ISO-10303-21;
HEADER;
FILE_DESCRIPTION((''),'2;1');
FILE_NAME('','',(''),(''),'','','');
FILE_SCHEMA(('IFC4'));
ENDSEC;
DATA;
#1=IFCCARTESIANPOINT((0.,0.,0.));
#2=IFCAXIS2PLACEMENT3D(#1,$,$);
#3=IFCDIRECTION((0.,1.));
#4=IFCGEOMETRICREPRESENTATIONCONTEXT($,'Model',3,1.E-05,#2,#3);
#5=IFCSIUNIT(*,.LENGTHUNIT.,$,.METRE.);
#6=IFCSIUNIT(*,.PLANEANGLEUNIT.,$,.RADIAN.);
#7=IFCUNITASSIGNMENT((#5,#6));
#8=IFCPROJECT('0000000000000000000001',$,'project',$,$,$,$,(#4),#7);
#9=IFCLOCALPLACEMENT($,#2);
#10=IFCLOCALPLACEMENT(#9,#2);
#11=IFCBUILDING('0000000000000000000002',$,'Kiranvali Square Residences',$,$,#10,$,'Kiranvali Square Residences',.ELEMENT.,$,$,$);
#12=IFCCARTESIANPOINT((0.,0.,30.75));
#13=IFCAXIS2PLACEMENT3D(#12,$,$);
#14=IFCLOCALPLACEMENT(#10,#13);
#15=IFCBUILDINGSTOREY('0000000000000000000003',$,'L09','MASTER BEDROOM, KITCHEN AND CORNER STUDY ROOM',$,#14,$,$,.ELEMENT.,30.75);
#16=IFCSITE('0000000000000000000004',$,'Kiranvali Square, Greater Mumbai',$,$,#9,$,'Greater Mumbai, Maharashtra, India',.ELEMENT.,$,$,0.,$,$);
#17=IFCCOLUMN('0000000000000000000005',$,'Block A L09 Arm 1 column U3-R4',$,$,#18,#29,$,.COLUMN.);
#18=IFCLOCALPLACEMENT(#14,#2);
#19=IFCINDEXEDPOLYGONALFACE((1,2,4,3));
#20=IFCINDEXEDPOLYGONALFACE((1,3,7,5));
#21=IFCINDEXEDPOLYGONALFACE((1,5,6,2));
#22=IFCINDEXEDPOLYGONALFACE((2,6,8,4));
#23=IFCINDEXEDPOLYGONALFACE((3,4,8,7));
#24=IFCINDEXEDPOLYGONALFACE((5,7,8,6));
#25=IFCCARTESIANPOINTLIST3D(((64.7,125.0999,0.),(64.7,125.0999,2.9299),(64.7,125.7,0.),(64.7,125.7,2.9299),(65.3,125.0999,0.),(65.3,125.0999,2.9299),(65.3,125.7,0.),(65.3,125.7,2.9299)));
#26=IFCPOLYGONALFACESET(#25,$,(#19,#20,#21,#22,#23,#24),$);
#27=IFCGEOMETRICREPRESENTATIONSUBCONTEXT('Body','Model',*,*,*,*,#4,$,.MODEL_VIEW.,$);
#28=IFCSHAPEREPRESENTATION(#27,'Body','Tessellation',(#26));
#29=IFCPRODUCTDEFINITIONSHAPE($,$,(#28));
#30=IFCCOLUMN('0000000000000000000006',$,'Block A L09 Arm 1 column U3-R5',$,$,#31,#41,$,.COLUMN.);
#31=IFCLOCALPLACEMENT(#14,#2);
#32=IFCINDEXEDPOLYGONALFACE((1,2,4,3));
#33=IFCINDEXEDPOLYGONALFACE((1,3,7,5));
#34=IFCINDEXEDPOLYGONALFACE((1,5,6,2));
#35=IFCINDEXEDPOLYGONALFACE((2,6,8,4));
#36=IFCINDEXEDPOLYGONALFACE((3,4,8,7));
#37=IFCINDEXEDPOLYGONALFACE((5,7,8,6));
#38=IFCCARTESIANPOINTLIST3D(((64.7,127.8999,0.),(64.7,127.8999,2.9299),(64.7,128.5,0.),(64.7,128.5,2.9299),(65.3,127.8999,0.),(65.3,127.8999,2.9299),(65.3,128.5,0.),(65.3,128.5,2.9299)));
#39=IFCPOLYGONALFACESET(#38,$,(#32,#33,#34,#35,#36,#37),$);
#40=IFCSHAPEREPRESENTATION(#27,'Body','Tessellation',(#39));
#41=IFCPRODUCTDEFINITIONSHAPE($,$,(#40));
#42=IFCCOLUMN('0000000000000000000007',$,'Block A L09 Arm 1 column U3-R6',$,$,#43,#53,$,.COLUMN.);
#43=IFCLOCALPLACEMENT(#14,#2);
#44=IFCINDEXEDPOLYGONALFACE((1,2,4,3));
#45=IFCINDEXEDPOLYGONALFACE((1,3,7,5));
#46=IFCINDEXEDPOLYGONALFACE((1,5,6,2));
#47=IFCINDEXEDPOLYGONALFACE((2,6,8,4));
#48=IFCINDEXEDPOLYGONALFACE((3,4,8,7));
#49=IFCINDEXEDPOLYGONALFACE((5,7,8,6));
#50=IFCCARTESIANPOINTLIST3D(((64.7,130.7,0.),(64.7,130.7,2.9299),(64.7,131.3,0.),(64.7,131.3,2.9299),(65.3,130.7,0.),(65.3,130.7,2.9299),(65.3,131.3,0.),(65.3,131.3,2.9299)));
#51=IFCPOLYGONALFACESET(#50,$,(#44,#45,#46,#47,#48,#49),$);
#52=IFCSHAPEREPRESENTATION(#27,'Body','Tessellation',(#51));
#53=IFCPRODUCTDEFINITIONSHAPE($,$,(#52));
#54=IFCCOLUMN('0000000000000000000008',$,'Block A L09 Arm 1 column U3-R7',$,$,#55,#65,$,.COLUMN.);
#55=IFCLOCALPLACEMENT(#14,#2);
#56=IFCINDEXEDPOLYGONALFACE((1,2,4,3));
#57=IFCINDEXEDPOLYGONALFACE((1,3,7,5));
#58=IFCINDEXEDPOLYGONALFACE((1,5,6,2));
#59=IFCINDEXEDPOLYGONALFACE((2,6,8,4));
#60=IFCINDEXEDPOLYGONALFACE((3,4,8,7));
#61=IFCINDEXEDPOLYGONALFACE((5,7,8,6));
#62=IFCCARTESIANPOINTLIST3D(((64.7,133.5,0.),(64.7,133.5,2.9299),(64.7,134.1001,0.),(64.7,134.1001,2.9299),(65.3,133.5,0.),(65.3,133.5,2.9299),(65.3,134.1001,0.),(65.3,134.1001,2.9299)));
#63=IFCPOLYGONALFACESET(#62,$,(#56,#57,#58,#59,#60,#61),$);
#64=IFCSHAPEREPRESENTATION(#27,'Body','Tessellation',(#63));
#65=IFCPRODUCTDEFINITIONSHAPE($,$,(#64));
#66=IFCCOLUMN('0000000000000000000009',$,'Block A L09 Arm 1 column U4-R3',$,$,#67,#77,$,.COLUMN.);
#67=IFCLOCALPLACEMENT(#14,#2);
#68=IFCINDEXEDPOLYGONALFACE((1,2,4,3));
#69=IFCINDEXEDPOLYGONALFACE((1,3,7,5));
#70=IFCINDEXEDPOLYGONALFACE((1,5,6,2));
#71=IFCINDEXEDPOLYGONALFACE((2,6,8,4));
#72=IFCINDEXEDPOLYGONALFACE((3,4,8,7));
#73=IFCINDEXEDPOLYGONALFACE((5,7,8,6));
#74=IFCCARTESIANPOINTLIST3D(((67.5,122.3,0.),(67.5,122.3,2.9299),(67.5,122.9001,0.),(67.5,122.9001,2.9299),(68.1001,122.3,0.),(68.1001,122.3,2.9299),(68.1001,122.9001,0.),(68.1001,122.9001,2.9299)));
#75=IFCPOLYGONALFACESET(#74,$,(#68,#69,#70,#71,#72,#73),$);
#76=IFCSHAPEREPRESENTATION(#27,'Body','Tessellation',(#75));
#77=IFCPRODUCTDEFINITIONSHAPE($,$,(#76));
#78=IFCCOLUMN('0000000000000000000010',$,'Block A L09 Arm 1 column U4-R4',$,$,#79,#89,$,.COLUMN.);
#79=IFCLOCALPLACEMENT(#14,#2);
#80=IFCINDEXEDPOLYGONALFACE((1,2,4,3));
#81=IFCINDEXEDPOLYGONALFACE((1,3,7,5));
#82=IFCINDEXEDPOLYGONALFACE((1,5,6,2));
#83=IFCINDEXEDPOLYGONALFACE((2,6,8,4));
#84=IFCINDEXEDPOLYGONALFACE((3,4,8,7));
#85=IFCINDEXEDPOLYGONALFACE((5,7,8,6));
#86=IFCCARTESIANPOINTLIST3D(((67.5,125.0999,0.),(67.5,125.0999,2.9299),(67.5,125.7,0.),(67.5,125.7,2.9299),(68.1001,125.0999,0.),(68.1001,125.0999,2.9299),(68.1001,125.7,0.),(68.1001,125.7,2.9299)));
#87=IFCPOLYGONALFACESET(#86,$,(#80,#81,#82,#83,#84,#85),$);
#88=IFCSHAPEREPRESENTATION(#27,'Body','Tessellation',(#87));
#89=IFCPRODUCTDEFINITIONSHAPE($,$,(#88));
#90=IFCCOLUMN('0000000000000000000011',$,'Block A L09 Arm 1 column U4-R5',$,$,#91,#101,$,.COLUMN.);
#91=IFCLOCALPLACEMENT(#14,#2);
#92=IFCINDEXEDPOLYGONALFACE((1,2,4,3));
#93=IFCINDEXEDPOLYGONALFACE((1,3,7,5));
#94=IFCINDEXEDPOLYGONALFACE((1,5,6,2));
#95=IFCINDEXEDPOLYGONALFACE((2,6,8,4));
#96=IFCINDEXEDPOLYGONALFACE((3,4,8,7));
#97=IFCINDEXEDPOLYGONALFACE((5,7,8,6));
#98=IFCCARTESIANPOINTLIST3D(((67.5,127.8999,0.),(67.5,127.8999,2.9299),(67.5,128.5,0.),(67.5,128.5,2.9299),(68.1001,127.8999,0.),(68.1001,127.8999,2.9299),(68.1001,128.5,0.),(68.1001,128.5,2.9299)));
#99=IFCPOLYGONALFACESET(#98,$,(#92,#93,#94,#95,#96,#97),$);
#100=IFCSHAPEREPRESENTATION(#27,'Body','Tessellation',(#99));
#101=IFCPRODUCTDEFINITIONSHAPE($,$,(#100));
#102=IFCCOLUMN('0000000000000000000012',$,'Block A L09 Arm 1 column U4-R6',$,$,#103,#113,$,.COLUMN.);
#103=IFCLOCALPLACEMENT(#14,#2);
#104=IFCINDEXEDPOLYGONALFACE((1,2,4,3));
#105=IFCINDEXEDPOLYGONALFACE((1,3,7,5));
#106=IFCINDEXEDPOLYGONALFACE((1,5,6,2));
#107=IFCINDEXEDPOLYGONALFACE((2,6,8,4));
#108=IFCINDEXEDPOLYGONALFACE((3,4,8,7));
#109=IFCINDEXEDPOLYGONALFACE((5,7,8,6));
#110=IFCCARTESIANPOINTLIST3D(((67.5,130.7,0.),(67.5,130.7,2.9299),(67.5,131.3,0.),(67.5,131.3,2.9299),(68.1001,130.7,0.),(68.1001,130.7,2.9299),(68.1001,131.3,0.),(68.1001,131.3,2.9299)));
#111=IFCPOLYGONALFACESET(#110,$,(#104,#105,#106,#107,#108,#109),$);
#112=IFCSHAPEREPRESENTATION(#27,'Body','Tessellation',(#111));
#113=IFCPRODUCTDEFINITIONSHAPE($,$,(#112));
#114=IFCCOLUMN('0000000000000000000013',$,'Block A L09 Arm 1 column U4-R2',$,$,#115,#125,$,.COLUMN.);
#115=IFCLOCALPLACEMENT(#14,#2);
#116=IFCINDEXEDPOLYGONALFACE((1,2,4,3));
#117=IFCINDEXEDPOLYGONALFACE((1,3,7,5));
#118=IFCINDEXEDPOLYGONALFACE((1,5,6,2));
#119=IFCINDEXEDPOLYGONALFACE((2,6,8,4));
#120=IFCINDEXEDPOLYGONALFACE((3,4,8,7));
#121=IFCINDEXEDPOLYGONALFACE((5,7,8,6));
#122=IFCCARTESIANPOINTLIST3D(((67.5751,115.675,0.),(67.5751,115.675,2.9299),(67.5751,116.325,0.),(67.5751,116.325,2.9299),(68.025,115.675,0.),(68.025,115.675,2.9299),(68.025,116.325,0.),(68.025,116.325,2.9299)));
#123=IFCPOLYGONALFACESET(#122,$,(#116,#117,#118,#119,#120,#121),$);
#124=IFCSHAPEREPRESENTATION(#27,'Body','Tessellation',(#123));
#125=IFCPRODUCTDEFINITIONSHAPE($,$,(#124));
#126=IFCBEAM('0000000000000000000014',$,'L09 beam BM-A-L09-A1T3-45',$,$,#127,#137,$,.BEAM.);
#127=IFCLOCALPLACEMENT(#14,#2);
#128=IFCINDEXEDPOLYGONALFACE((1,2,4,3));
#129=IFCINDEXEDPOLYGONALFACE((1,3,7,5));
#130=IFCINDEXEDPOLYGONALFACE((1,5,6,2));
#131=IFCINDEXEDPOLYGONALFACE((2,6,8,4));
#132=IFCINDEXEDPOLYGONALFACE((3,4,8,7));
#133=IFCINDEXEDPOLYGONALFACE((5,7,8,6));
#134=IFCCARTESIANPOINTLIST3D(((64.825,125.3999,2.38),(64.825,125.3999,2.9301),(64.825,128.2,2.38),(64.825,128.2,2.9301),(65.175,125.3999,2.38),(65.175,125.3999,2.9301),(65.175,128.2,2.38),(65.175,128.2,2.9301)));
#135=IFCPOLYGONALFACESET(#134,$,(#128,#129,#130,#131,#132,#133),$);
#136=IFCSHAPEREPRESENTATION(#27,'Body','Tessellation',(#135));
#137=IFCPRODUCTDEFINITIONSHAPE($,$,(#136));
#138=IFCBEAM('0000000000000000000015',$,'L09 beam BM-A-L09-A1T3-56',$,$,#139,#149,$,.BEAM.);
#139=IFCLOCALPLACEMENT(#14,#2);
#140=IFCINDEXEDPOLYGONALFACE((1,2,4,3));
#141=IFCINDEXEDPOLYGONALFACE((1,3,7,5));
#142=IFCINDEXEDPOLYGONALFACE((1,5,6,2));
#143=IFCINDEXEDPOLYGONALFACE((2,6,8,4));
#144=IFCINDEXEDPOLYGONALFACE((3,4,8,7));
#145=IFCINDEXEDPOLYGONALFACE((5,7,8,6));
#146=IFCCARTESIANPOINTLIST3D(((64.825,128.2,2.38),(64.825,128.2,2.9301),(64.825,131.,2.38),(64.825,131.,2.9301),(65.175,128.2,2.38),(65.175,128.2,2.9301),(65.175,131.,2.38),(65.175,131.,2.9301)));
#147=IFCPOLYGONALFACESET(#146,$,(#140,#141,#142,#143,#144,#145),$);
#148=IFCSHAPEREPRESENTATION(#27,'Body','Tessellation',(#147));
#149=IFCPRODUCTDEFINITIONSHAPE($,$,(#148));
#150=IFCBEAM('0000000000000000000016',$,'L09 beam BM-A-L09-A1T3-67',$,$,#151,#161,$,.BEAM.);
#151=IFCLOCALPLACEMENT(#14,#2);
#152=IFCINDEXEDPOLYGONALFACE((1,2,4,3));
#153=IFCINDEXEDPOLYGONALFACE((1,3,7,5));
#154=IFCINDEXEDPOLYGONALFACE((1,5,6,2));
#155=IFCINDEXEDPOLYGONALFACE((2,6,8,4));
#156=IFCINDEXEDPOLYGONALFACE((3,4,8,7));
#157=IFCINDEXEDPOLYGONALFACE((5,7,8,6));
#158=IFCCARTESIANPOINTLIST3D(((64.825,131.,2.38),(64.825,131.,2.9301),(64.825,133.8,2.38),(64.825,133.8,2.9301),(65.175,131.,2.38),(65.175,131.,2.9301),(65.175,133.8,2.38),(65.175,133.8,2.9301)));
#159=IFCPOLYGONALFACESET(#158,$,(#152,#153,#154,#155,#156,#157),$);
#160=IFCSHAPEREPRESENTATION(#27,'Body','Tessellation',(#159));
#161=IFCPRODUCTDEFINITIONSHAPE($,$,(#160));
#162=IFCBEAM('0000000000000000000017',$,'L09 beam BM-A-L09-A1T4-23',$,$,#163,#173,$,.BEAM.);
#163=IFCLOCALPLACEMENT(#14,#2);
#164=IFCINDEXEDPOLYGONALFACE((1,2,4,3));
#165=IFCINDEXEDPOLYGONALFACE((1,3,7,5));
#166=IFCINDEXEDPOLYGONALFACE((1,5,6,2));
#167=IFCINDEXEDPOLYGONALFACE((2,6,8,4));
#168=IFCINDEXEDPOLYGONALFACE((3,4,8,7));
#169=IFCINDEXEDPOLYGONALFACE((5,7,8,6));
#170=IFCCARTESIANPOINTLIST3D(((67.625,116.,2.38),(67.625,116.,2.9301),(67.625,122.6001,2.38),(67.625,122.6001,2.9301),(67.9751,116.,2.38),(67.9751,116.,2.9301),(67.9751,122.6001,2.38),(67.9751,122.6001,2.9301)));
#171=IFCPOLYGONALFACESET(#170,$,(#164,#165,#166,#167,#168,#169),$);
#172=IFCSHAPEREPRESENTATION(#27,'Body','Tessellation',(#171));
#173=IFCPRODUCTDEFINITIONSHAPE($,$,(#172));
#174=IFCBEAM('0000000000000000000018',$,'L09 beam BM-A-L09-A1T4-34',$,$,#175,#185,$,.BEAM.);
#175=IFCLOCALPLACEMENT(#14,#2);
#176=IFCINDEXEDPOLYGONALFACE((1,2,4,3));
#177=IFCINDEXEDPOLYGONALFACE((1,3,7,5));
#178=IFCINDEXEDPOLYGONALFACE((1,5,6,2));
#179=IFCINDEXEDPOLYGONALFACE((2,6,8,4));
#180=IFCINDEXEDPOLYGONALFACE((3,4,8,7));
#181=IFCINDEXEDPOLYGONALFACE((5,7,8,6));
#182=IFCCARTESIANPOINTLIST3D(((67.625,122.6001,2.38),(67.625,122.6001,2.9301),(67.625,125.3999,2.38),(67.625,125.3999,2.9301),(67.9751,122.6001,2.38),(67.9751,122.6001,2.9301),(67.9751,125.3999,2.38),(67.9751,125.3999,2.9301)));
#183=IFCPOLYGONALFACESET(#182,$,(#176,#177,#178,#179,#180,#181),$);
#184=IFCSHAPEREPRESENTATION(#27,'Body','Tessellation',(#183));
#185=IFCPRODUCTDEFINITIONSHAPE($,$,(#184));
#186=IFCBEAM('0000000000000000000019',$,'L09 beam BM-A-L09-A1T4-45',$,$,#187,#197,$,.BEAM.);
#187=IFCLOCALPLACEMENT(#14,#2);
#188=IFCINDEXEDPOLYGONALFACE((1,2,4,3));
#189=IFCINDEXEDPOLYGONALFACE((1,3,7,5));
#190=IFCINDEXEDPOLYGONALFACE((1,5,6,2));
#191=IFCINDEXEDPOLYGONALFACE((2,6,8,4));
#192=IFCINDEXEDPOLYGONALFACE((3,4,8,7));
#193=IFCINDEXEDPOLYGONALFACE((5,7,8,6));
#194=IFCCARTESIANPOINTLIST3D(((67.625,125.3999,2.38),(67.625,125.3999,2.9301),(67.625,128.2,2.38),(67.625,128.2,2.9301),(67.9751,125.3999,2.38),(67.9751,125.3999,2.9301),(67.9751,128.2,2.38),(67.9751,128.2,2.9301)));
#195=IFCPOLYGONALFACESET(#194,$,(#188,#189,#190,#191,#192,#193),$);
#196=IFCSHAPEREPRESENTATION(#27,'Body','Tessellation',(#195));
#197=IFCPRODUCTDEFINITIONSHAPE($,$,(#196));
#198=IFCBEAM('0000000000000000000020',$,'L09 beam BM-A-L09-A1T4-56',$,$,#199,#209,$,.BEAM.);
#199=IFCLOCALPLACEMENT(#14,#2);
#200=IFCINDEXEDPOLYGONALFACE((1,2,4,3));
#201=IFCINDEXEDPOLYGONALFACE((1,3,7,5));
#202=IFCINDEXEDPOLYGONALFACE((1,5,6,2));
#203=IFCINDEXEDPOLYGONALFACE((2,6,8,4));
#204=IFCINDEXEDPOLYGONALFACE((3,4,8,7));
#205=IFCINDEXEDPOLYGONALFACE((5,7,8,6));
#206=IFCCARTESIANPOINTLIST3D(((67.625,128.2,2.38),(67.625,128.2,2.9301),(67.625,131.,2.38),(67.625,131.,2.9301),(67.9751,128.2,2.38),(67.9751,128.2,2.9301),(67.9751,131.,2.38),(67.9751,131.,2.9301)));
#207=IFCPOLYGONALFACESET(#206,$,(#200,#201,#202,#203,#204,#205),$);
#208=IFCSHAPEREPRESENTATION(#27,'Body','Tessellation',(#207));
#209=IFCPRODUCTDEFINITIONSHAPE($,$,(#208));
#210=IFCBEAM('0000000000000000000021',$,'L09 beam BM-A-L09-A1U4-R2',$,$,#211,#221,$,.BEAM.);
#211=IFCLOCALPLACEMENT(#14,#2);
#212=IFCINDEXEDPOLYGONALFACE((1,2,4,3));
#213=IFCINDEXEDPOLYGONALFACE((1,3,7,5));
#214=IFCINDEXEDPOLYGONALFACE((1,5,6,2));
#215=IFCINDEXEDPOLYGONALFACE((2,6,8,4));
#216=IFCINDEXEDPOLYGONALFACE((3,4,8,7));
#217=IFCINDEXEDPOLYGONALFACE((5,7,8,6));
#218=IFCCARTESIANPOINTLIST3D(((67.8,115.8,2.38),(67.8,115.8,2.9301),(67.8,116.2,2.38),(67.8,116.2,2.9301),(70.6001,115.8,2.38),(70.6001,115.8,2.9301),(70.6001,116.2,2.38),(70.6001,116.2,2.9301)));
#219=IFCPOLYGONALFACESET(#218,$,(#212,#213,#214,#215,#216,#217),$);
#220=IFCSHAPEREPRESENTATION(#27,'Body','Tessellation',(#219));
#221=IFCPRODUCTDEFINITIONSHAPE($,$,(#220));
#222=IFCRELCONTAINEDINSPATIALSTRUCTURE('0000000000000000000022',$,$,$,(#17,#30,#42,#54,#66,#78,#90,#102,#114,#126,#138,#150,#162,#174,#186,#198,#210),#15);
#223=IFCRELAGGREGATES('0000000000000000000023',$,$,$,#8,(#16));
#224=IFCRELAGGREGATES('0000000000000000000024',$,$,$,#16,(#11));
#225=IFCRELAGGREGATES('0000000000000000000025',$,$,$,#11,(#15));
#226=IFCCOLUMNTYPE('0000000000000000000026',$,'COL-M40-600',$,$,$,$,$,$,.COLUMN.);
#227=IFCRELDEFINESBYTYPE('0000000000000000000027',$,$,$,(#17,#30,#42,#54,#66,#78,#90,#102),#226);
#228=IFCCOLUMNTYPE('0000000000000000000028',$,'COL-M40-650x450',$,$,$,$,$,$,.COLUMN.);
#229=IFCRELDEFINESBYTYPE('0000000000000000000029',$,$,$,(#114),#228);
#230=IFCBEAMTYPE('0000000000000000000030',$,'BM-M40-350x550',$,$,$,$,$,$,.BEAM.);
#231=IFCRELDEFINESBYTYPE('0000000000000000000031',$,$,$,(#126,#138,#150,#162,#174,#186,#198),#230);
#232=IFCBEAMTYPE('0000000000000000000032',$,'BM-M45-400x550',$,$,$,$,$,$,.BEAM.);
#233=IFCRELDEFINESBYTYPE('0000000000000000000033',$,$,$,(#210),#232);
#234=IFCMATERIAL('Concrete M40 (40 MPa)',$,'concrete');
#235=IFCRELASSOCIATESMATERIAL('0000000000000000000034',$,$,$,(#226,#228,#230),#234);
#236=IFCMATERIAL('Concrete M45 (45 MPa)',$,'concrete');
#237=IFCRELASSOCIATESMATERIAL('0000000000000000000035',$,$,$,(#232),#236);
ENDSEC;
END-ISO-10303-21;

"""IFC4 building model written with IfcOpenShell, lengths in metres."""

from ifc_helpers import new_model, si_unit, direction, frame, origin, origin_2d, place, context, subcontext, project, spatial, rectangle, extrude, material, material_profile, profile_set, type_object, element, save


model = new_model("IFC4")

# Units and contexts
model_context = context("Model", 3, precision=1e-05, world=origin(), true_north=direction((0.0, 1.0)))
body_context = subcontext(model_context, "Body", "Model", "MODEL_VIEW")
ifc_project = project(units=[si_unit("LENGTHUNIT", "METRE"), si_unit("PLANEANGLEUNIT", "RADIAN")], contexts=[model_context])

# Site, building, storey
site_placement = place(None, origin())
site = spatial("IfcSite", under=ifc_project, at=site_placement, Name="Kiranvali Square, Greater Mumbai", LongName="Greater Mumbai, Maharashtra, India", CompositionType="ELEMENT", RefElevation=0.0)
building_placement = place(site_placement, origin())
building = spatial("IfcBuilding", under=site, at=building_placement, Name="Kiranvali Square Residences", LongName="Kiranvali Square Residences", CompositionType="ELEMENT")
storey_placement = place(building_placement, frame((0.0, 0.0, 30.75)))
storey = spatial("IfcBuildingStorey", under=building, at=storey_placement, Name="L09", Description="MASTER BEDROOM, KITCHEN AND CORNER STUDY ROOM", CompositionType="ELEMENT", Elevation=30.75)

# Columns
ifc_material_1 = material(Name="Concrete M40 (40 MPa)", Category="concrete")
ifc_material_profile_1 = material_profile(ifc_material_1, rectangle(XDim=0.6001, YDim=0.6001, at=origin_2d()), Name="RC 600x600")
ifc_profile_set_1 = profile_set([ifc_material_profile_1], Name="Concrete M40 (40 MPa)")
column_type_1 = type_object("IfcColumnType", Name="COL-M40-600", PredefinedType="COLUMN", material=ifc_profile_set_1)
for number, where, z_axis, x_axis, name in (
    (1, (65.0, 125.3999, 0.0), (0.0, 0.0, 1.0), (1.0, 0.0, 0.0), "Block A L09 Arm 1 column U3-R4"),
    (2, (65.0, 128.2, 0.0), (0.0, 0.0, 1.0), (1.0, 0.0, 0.0), "Block A L09 Arm 1 column U3-R5"),
    (3, (65.0, 131.0, 0.0), (0.0, 0.0, 1.0), (1.0, 0.0, 0.0), "Block A L09 Arm 1 column U3-R6"),
    (4, (65.0, 133.8, 0.0), (0.0, 0.0, 1.0), (1.0, 0.0, 0.0), "Block A L09 Arm 1 column U3-R7"),
    (5, (67.8, 122.6001, 0.0), (0.0, 0.0, 1.0), (1.0, 0.0, 0.0), "Block A L09 Arm 1 column U4-R3"),
    (6, (67.8, 125.3999, 0.0), (0.0, 0.0, 1.0), (1.0, 0.0, 0.0), "Block A L09 Arm 1 column U4-R4"),
    (7, (67.8, 128.2, 0.0), (0.0, 0.0, 1.0), (1.0, 0.0, 0.0), "Block A L09 Arm 1 column U4-R5"),
    (8, (67.8, 131.0, 0.0), (0.0, 0.0, 1.0), (1.0, 0.0, 0.0), "Block A L09 Arm 1 column U4-R6"),
):
    element("IfcColumn", number, at=place(storey_placement, frame(where, z_axis=z_axis, x_axis=x_axis)), inside=storey, type_object=column_type_1, Name=name, PredefinedType="COLUMN", context=body_context, shape_type="SweptSolid", body=[
        extrude(rectangle(XDim=0.6001, YDim=0.6001, at=origin_2d()), origin(), (0.0, 0.0, 1.0), 2.9299),
    ])
ifc_material_profile_2 = material_profile(ifc_material_1, rectangle(XDim=0.45, YDim=0.6499, at=origin_2d()), Name="RC 650x450")
ifc_profile_set_2 = profile_set([ifc_material_profile_2], Name="Concrete M40 (40 MPa)")
column_type_2 = type_object("IfcColumnType", Name="COL-M40-650x450", PredefinedType="COLUMN", material=ifc_profile_set_2)
column_placement = place(storey_placement, frame((67.8, 116.0, 0.0), z_axis=(0.0, 0.0, 1.0), x_axis=(1.0, 0.0, 0.0)))
element("IfcColumn", 9, at=column_placement, inside=storey, type_object=column_type_2, Name="Block A L09 Arm 1 column U4-R2", PredefinedType="COLUMN", context=body_context, shape_type="SweptSolid", body=[
    extrude(rectangle(XDim=0.45, YDim=0.6499, at=origin_2d()), origin(), (0.0, 0.0, 1.0), 2.9299),
])

# Beams
ifc_material_profile_3 = material_profile(ifc_material_1, rectangle(XDim=0.3501, YDim=0.55, at=origin_2d()), Name="RC 350x550")
ifc_profile_set_3 = profile_set([ifc_material_profile_3], Name="Concrete M40 (40 MPa)")
beam_type_1 = type_object("IfcBeamType", Name="BM-M40-350x550", PredefinedType="BEAM", material=ifc_profile_set_3)
for number, where, z_axis, x_axis, name in (
    (10, (65.0, 125.3999, 2.655), (0.0, 1.0, 0.0), (-1.0, 0.0, 0.0), "L09 beam BM-A-L09-A1T3-45"),
    (11, (65.0, 128.2, 2.655), (0.0, 1.0, 0.0), (-1.0, 0.0, 0.0), "L09 beam BM-A-L09-A1T3-56"),
    (12, (65.0, 131.0, 2.655), (0.0, 1.0, 0.0), (-1.0, 0.0, 0.0), "L09 beam BM-A-L09-A1T3-67"),
):
    element("IfcBeam", number, at=place(storey_placement, frame(where, z_axis=z_axis, x_axis=x_axis)), inside=storey, type_object=beam_type_1, Name=name, PredefinedType="BEAM", context=body_context, shape_type="SweptSolid", body=[
        extrude(rectangle(XDim=0.3501, YDim=0.55, at=origin_2d()), origin(), (0.0, 0.0, 1.0), 2.8),
    ])
beam_1_placement = place(storey_placement, frame((67.8, 116.0, 2.655), z_axis=(0.0, 1.0, 0.0), x_axis=(-1.0, 0.0, 0.0)))
element("IfcBeam", 13, at=beam_1_placement, inside=storey, type_object=beam_type_1, Name="L09 beam BM-A-L09-A1T4-23", PredefinedType="BEAM", context=body_context, shape_type="SweptSolid", body=[
    extrude(rectangle(XDim=0.3501, YDim=0.55, at=origin_2d()), origin(), (0.0, 0.0, 1.0), 6.6001),
])
beam_2_placement = place(storey_placement, frame((67.8, 122.6001, 2.655), z_axis=(0.0, 1.0, 0.0), x_axis=(-1.0, 0.0, 0.0)))
element("IfcBeam", 14, at=beam_2_placement, inside=storey, type_object=beam_type_1, Name="L09 beam BM-A-L09-A1T4-34", PredefinedType="BEAM", context=body_context, shape_type="SweptSolid", body=[
    extrude(rectangle(XDim=0.3501, YDim=0.55, at=origin_2d()), origin(), (0.0, 0.0, 1.0), 2.7998),
])
for number, where, z_axis, x_axis, name in (
    (15, (67.8, 125.3999, 2.655), (0.0, 1.0, 0.0), (-1.0, 0.0, 0.0), "L09 beam BM-A-L09-A1T4-45"),
    (16, (67.8, 128.2, 2.655), (0.0, 1.0, 0.0), (-1.0, 0.0, 0.0), "L09 beam BM-A-L09-A1T4-56"),
):
    element("IfcBeam", number, at=place(storey_placement, frame(where, z_axis=z_axis, x_axis=x_axis)), inside=storey, type_object=beam_type_1, Name=name, PredefinedType="BEAM", context=body_context, shape_type="SweptSolid", body=[
        extrude(rectangle(XDim=0.3501, YDim=0.55, at=origin_2d()), origin(), (0.0, 0.0, 1.0), 2.8),
    ])
ifc_material_2 = material(Name="Concrete M45 (45 MPa)", Category="concrete")
ifc_material_profile_4 = material_profile(ifc_material_2, rectangle(XDim=0.3999, YDim=0.55, at=origin_2d()), Name="RC 400x550")
ifc_profile_set_4 = profile_set([ifc_material_profile_4], Name="Concrete M45 (45 MPa)")
beam_type_2 = type_object("IfcBeamType", Name="BM-M45-400x550", PredefinedType="BEAM", material=ifc_profile_set_4)
for number, where, z_axis, x_axis, name in (
    (17, (67.8, 116.0, 2.655), (1.0, 0.0, 0.0), (0.0, 1.0, 0.0), "L09 beam BM-A-L09-A1U4-R2"),
):
    element("IfcBeam", number, at=place(storey_placement, frame(where, z_axis=z_axis, x_axis=x_axis)), inside=storey, type_object=beam_type_2, Name=name, PredefinedType="BEAM", context=body_context, shape_type="SweptSolid", body=[
        extrude(rectangle(XDim=0.3999, YDim=0.55, at=origin_2d()), origin(), (0.0, 0.0, 1.0), 2.8),
    ])

save(model, "model.ifc")
